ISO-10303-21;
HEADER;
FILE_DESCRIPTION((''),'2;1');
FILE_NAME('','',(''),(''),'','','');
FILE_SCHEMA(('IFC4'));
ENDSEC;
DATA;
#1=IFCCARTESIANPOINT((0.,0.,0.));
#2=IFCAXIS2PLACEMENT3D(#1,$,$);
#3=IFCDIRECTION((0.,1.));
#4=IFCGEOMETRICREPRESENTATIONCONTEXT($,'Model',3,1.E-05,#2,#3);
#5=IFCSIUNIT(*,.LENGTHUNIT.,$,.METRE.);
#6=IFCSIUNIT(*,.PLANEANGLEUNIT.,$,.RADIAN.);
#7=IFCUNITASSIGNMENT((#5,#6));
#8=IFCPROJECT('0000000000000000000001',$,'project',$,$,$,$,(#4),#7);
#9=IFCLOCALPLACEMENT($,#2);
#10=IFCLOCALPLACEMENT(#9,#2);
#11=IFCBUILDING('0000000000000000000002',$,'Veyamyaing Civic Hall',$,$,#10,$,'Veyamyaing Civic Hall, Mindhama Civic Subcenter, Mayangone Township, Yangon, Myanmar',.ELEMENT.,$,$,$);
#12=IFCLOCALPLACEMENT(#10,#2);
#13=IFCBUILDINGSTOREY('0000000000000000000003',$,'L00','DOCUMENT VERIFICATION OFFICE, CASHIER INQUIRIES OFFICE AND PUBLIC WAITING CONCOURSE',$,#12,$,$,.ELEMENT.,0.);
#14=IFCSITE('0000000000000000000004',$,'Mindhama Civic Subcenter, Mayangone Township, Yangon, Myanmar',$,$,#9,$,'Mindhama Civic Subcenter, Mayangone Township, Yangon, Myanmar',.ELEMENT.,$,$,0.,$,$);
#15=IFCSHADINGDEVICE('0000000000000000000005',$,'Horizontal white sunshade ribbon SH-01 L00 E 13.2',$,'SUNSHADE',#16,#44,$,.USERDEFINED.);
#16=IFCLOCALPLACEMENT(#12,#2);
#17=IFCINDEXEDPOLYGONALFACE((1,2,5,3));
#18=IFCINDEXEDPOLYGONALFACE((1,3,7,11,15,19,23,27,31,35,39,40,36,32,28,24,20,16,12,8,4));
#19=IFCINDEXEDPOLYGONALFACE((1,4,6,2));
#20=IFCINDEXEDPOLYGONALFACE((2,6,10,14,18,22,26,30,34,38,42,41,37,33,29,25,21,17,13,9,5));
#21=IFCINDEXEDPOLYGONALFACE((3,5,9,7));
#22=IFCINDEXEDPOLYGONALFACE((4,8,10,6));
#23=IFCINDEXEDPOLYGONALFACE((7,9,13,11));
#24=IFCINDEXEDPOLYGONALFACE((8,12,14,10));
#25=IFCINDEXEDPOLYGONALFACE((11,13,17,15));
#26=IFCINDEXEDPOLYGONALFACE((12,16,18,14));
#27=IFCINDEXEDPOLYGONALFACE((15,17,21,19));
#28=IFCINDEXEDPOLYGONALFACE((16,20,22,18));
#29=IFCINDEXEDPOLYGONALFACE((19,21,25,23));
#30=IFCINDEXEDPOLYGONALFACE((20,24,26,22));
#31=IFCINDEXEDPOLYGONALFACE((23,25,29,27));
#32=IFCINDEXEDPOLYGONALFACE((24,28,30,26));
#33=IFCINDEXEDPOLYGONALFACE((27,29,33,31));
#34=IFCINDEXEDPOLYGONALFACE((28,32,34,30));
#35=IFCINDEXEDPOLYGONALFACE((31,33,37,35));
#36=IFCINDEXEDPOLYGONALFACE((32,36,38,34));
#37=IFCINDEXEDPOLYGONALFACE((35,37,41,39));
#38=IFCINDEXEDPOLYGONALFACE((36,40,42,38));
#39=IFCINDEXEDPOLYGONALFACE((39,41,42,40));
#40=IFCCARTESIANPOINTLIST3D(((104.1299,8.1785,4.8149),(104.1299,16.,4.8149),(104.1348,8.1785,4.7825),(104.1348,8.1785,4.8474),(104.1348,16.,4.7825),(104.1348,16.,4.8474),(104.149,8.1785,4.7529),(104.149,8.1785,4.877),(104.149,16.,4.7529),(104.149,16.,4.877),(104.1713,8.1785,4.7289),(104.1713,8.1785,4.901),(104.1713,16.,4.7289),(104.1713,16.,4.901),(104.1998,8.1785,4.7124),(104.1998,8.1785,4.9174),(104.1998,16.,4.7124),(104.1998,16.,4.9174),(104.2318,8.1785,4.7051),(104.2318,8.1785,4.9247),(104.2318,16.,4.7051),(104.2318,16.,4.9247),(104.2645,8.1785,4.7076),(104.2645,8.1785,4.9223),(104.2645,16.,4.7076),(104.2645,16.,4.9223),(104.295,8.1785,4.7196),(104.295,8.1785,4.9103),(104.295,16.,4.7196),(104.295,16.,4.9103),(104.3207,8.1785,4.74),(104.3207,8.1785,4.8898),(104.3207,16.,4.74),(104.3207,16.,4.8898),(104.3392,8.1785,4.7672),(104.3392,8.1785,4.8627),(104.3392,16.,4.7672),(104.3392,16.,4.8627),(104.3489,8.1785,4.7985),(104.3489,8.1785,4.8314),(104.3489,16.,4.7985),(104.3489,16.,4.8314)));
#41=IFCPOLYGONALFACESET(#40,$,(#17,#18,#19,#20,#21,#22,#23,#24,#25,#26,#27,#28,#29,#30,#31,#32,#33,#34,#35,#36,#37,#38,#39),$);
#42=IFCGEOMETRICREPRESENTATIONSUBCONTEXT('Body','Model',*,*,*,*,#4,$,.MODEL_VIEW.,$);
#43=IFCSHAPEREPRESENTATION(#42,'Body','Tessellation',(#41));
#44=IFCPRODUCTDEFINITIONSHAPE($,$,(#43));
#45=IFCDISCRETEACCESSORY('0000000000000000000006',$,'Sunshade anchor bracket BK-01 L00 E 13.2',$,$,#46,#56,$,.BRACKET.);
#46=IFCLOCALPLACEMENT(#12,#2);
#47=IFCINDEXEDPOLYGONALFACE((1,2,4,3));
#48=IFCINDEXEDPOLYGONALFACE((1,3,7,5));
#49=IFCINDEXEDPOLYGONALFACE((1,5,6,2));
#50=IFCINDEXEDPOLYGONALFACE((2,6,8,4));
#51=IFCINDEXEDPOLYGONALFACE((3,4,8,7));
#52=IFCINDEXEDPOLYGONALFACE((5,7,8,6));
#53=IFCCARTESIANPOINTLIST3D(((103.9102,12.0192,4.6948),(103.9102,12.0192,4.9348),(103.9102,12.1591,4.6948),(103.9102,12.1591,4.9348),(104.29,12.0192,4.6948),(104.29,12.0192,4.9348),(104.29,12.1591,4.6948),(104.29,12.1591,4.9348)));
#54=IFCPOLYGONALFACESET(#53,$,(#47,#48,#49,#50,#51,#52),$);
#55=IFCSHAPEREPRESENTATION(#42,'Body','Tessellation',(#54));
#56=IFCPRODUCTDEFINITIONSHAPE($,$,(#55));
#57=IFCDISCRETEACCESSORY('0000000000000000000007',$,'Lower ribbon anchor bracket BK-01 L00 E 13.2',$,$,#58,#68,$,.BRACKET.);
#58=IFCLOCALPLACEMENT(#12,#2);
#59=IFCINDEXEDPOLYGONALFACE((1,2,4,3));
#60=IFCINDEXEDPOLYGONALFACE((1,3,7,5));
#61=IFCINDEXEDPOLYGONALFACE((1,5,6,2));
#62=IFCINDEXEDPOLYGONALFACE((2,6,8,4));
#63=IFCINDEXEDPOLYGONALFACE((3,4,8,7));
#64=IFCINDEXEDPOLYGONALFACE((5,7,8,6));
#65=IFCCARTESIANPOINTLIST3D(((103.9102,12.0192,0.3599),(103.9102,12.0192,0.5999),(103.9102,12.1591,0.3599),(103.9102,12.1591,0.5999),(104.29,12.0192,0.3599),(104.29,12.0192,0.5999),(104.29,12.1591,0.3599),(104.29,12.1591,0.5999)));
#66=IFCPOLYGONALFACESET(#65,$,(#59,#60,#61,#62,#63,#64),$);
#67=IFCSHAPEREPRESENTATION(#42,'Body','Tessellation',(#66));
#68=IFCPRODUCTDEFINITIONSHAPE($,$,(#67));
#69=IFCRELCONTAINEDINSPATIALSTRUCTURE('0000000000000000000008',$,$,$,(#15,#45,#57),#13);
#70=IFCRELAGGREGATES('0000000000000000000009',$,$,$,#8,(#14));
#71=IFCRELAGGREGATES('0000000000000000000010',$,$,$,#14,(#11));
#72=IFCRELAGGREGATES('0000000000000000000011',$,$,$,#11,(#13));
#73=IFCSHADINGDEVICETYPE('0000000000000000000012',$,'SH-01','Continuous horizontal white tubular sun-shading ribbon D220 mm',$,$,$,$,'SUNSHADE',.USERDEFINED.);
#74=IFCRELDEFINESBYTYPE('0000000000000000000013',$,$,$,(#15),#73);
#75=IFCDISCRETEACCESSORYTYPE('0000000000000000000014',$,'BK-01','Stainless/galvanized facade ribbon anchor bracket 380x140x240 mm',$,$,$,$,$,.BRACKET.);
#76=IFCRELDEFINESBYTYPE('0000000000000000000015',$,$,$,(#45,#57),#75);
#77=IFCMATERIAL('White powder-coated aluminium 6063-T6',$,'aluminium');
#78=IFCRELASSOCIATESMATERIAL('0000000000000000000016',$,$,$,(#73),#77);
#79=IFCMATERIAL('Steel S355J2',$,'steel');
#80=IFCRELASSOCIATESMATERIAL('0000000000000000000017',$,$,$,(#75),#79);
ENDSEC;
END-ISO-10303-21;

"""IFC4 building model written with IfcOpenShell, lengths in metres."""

from ifc_helpers import new_model, si_unit, direction, frame, origin, origin_2d, place, context, subcontext, project, spatial, rectangle, circle, extrude, material, material_profile, profile_set, type_object, element, save


model = new_model("IFC4")

# Units and contexts
model_context = context("Model", 3, precision=1e-05, world=origin(), true_north=direction((0.0, 1.0)))
body_context = subcontext(model_context, "Body", "Model", "MODEL_VIEW")
ifc_project = project(units=[si_unit("LENGTHUNIT", "METRE"), si_unit("PLANEANGLEUNIT", "RADIAN")], contexts=[model_context])

# Site, building, storey
site_placement = place(None, origin())
site = spatial("IfcSite", under=ifc_project, at=site_placement, Name="Mindhama Civic Subcenter, Mayangone Township, Yangon, Myanmar", LongName="Mindhama Civic Subcenter, Mayangone Township, Yangon, Myanmar", CompositionType="ELEMENT", RefElevation=0.0)
building_placement = place(site_placement, origin())
building = spatial("IfcBuilding", under=site, at=building_placement, Name="Veyamyaing Civic Hall", LongName="Veyamyaing Civic Hall, Mindhama Civic Subcenter, Mayangone Township, Yangon, Myanmar", CompositionType="ELEMENT")
storey_placement = place(building_placement, origin())
storey = spatial("IfcBuildingStorey", under=building, at=storey_placement, Name="L00", Description="DOCUMENT VERIFICATION OFFICE, CASHIER INQUIRIES OFFICE AND PUBLIC WAITING CONCOURSE", CompositionType="ELEMENT", Elevation=0.0)

# Shared definitions
ifc_material_1 = material(Name="White powder-coated aluminium 6063-T6", Category="aluminium")

# Shared definitions
ifc_material_2 = material(Name="Steel S355J2", Category="steel")

# Shading device
ifc_material_profile_1 = material_profile(ifc_material_1, circle(Radius=0.1101, at=origin_2d()), Name="SHADE-TUBE-220")
ifc_profile_set_1 = profile_set([ifc_material_profile_1], Name="White powder-coated aluminium 6063-T6")
shading_device_type = type_object("IfcShadingDeviceType", Name="SH-01", Description="Continuous horizontal white tubular sun-shading ribbon D220 mm", ElementType="SUNSHADE", PredefinedType="USERDEFINED", material=ifc_profile_set_1)
shading_device_placement = place(storey_placement, frame((104.24, 8.1785, 4.8149), z_axis=(0.0, 1.0, 0.0), x_axis=(-1.0, 0.0, 0.0)))
element("IfcShadingDevice", 1, at=shading_device_placement, inside=storey, type_object=shading_device_type, Name="Horizontal white sunshade ribbon SH-01 L00 E 13.2", ObjectType="SUNSHADE", PredefinedType="USERDEFINED", context=body_context, shape_type="SweptSolid", body=[
    extrude(circle(Radius=0.1101, at=origin_2d()), origin(), (0.0, 0.0, 1.0), 7.8215),
])

# Discrete accessories
discrete_accessory_type = type_object("IfcDiscreteAccessoryType", Name="BK-01", Description="Stainless/galvanized facade ribbon anchor bracket 380x140x240 mm", PredefinedType="BRACKET", material=ifc_material_2)
for number, where, z_axis, x_axis, name in (
    (2, (104.1001, 12.0891, 4.6948), (0.0, 0.0, 1.0), (1.0, 0.0, 0.0), "Sunshade anchor bracket BK-01 L00 E 13.2"),
    (3, (104.1001, 12.0891, 0.3599), (0.0, 0.0, 1.0), (1.0, 0.0, 0.0), "Lower ribbon anchor bracket BK-01 L00 E 13.2"),
):
    element("IfcDiscreteAccessory", number, at=place(storey_placement, frame(where, z_axis=z_axis, x_axis=x_axis)), inside=storey, type_object=discrete_accessory_type, Name=name, PredefinedType="BRACKET", context=body_context, shape_type="SweptSolid", body=[
        extrude(rectangle(XDim=0.3799, YDim=0.1399, at=origin_2d()), origin(), (0.0, 0.0, 1.0), 0.24),
    ])

save(model, "model.ifc")
